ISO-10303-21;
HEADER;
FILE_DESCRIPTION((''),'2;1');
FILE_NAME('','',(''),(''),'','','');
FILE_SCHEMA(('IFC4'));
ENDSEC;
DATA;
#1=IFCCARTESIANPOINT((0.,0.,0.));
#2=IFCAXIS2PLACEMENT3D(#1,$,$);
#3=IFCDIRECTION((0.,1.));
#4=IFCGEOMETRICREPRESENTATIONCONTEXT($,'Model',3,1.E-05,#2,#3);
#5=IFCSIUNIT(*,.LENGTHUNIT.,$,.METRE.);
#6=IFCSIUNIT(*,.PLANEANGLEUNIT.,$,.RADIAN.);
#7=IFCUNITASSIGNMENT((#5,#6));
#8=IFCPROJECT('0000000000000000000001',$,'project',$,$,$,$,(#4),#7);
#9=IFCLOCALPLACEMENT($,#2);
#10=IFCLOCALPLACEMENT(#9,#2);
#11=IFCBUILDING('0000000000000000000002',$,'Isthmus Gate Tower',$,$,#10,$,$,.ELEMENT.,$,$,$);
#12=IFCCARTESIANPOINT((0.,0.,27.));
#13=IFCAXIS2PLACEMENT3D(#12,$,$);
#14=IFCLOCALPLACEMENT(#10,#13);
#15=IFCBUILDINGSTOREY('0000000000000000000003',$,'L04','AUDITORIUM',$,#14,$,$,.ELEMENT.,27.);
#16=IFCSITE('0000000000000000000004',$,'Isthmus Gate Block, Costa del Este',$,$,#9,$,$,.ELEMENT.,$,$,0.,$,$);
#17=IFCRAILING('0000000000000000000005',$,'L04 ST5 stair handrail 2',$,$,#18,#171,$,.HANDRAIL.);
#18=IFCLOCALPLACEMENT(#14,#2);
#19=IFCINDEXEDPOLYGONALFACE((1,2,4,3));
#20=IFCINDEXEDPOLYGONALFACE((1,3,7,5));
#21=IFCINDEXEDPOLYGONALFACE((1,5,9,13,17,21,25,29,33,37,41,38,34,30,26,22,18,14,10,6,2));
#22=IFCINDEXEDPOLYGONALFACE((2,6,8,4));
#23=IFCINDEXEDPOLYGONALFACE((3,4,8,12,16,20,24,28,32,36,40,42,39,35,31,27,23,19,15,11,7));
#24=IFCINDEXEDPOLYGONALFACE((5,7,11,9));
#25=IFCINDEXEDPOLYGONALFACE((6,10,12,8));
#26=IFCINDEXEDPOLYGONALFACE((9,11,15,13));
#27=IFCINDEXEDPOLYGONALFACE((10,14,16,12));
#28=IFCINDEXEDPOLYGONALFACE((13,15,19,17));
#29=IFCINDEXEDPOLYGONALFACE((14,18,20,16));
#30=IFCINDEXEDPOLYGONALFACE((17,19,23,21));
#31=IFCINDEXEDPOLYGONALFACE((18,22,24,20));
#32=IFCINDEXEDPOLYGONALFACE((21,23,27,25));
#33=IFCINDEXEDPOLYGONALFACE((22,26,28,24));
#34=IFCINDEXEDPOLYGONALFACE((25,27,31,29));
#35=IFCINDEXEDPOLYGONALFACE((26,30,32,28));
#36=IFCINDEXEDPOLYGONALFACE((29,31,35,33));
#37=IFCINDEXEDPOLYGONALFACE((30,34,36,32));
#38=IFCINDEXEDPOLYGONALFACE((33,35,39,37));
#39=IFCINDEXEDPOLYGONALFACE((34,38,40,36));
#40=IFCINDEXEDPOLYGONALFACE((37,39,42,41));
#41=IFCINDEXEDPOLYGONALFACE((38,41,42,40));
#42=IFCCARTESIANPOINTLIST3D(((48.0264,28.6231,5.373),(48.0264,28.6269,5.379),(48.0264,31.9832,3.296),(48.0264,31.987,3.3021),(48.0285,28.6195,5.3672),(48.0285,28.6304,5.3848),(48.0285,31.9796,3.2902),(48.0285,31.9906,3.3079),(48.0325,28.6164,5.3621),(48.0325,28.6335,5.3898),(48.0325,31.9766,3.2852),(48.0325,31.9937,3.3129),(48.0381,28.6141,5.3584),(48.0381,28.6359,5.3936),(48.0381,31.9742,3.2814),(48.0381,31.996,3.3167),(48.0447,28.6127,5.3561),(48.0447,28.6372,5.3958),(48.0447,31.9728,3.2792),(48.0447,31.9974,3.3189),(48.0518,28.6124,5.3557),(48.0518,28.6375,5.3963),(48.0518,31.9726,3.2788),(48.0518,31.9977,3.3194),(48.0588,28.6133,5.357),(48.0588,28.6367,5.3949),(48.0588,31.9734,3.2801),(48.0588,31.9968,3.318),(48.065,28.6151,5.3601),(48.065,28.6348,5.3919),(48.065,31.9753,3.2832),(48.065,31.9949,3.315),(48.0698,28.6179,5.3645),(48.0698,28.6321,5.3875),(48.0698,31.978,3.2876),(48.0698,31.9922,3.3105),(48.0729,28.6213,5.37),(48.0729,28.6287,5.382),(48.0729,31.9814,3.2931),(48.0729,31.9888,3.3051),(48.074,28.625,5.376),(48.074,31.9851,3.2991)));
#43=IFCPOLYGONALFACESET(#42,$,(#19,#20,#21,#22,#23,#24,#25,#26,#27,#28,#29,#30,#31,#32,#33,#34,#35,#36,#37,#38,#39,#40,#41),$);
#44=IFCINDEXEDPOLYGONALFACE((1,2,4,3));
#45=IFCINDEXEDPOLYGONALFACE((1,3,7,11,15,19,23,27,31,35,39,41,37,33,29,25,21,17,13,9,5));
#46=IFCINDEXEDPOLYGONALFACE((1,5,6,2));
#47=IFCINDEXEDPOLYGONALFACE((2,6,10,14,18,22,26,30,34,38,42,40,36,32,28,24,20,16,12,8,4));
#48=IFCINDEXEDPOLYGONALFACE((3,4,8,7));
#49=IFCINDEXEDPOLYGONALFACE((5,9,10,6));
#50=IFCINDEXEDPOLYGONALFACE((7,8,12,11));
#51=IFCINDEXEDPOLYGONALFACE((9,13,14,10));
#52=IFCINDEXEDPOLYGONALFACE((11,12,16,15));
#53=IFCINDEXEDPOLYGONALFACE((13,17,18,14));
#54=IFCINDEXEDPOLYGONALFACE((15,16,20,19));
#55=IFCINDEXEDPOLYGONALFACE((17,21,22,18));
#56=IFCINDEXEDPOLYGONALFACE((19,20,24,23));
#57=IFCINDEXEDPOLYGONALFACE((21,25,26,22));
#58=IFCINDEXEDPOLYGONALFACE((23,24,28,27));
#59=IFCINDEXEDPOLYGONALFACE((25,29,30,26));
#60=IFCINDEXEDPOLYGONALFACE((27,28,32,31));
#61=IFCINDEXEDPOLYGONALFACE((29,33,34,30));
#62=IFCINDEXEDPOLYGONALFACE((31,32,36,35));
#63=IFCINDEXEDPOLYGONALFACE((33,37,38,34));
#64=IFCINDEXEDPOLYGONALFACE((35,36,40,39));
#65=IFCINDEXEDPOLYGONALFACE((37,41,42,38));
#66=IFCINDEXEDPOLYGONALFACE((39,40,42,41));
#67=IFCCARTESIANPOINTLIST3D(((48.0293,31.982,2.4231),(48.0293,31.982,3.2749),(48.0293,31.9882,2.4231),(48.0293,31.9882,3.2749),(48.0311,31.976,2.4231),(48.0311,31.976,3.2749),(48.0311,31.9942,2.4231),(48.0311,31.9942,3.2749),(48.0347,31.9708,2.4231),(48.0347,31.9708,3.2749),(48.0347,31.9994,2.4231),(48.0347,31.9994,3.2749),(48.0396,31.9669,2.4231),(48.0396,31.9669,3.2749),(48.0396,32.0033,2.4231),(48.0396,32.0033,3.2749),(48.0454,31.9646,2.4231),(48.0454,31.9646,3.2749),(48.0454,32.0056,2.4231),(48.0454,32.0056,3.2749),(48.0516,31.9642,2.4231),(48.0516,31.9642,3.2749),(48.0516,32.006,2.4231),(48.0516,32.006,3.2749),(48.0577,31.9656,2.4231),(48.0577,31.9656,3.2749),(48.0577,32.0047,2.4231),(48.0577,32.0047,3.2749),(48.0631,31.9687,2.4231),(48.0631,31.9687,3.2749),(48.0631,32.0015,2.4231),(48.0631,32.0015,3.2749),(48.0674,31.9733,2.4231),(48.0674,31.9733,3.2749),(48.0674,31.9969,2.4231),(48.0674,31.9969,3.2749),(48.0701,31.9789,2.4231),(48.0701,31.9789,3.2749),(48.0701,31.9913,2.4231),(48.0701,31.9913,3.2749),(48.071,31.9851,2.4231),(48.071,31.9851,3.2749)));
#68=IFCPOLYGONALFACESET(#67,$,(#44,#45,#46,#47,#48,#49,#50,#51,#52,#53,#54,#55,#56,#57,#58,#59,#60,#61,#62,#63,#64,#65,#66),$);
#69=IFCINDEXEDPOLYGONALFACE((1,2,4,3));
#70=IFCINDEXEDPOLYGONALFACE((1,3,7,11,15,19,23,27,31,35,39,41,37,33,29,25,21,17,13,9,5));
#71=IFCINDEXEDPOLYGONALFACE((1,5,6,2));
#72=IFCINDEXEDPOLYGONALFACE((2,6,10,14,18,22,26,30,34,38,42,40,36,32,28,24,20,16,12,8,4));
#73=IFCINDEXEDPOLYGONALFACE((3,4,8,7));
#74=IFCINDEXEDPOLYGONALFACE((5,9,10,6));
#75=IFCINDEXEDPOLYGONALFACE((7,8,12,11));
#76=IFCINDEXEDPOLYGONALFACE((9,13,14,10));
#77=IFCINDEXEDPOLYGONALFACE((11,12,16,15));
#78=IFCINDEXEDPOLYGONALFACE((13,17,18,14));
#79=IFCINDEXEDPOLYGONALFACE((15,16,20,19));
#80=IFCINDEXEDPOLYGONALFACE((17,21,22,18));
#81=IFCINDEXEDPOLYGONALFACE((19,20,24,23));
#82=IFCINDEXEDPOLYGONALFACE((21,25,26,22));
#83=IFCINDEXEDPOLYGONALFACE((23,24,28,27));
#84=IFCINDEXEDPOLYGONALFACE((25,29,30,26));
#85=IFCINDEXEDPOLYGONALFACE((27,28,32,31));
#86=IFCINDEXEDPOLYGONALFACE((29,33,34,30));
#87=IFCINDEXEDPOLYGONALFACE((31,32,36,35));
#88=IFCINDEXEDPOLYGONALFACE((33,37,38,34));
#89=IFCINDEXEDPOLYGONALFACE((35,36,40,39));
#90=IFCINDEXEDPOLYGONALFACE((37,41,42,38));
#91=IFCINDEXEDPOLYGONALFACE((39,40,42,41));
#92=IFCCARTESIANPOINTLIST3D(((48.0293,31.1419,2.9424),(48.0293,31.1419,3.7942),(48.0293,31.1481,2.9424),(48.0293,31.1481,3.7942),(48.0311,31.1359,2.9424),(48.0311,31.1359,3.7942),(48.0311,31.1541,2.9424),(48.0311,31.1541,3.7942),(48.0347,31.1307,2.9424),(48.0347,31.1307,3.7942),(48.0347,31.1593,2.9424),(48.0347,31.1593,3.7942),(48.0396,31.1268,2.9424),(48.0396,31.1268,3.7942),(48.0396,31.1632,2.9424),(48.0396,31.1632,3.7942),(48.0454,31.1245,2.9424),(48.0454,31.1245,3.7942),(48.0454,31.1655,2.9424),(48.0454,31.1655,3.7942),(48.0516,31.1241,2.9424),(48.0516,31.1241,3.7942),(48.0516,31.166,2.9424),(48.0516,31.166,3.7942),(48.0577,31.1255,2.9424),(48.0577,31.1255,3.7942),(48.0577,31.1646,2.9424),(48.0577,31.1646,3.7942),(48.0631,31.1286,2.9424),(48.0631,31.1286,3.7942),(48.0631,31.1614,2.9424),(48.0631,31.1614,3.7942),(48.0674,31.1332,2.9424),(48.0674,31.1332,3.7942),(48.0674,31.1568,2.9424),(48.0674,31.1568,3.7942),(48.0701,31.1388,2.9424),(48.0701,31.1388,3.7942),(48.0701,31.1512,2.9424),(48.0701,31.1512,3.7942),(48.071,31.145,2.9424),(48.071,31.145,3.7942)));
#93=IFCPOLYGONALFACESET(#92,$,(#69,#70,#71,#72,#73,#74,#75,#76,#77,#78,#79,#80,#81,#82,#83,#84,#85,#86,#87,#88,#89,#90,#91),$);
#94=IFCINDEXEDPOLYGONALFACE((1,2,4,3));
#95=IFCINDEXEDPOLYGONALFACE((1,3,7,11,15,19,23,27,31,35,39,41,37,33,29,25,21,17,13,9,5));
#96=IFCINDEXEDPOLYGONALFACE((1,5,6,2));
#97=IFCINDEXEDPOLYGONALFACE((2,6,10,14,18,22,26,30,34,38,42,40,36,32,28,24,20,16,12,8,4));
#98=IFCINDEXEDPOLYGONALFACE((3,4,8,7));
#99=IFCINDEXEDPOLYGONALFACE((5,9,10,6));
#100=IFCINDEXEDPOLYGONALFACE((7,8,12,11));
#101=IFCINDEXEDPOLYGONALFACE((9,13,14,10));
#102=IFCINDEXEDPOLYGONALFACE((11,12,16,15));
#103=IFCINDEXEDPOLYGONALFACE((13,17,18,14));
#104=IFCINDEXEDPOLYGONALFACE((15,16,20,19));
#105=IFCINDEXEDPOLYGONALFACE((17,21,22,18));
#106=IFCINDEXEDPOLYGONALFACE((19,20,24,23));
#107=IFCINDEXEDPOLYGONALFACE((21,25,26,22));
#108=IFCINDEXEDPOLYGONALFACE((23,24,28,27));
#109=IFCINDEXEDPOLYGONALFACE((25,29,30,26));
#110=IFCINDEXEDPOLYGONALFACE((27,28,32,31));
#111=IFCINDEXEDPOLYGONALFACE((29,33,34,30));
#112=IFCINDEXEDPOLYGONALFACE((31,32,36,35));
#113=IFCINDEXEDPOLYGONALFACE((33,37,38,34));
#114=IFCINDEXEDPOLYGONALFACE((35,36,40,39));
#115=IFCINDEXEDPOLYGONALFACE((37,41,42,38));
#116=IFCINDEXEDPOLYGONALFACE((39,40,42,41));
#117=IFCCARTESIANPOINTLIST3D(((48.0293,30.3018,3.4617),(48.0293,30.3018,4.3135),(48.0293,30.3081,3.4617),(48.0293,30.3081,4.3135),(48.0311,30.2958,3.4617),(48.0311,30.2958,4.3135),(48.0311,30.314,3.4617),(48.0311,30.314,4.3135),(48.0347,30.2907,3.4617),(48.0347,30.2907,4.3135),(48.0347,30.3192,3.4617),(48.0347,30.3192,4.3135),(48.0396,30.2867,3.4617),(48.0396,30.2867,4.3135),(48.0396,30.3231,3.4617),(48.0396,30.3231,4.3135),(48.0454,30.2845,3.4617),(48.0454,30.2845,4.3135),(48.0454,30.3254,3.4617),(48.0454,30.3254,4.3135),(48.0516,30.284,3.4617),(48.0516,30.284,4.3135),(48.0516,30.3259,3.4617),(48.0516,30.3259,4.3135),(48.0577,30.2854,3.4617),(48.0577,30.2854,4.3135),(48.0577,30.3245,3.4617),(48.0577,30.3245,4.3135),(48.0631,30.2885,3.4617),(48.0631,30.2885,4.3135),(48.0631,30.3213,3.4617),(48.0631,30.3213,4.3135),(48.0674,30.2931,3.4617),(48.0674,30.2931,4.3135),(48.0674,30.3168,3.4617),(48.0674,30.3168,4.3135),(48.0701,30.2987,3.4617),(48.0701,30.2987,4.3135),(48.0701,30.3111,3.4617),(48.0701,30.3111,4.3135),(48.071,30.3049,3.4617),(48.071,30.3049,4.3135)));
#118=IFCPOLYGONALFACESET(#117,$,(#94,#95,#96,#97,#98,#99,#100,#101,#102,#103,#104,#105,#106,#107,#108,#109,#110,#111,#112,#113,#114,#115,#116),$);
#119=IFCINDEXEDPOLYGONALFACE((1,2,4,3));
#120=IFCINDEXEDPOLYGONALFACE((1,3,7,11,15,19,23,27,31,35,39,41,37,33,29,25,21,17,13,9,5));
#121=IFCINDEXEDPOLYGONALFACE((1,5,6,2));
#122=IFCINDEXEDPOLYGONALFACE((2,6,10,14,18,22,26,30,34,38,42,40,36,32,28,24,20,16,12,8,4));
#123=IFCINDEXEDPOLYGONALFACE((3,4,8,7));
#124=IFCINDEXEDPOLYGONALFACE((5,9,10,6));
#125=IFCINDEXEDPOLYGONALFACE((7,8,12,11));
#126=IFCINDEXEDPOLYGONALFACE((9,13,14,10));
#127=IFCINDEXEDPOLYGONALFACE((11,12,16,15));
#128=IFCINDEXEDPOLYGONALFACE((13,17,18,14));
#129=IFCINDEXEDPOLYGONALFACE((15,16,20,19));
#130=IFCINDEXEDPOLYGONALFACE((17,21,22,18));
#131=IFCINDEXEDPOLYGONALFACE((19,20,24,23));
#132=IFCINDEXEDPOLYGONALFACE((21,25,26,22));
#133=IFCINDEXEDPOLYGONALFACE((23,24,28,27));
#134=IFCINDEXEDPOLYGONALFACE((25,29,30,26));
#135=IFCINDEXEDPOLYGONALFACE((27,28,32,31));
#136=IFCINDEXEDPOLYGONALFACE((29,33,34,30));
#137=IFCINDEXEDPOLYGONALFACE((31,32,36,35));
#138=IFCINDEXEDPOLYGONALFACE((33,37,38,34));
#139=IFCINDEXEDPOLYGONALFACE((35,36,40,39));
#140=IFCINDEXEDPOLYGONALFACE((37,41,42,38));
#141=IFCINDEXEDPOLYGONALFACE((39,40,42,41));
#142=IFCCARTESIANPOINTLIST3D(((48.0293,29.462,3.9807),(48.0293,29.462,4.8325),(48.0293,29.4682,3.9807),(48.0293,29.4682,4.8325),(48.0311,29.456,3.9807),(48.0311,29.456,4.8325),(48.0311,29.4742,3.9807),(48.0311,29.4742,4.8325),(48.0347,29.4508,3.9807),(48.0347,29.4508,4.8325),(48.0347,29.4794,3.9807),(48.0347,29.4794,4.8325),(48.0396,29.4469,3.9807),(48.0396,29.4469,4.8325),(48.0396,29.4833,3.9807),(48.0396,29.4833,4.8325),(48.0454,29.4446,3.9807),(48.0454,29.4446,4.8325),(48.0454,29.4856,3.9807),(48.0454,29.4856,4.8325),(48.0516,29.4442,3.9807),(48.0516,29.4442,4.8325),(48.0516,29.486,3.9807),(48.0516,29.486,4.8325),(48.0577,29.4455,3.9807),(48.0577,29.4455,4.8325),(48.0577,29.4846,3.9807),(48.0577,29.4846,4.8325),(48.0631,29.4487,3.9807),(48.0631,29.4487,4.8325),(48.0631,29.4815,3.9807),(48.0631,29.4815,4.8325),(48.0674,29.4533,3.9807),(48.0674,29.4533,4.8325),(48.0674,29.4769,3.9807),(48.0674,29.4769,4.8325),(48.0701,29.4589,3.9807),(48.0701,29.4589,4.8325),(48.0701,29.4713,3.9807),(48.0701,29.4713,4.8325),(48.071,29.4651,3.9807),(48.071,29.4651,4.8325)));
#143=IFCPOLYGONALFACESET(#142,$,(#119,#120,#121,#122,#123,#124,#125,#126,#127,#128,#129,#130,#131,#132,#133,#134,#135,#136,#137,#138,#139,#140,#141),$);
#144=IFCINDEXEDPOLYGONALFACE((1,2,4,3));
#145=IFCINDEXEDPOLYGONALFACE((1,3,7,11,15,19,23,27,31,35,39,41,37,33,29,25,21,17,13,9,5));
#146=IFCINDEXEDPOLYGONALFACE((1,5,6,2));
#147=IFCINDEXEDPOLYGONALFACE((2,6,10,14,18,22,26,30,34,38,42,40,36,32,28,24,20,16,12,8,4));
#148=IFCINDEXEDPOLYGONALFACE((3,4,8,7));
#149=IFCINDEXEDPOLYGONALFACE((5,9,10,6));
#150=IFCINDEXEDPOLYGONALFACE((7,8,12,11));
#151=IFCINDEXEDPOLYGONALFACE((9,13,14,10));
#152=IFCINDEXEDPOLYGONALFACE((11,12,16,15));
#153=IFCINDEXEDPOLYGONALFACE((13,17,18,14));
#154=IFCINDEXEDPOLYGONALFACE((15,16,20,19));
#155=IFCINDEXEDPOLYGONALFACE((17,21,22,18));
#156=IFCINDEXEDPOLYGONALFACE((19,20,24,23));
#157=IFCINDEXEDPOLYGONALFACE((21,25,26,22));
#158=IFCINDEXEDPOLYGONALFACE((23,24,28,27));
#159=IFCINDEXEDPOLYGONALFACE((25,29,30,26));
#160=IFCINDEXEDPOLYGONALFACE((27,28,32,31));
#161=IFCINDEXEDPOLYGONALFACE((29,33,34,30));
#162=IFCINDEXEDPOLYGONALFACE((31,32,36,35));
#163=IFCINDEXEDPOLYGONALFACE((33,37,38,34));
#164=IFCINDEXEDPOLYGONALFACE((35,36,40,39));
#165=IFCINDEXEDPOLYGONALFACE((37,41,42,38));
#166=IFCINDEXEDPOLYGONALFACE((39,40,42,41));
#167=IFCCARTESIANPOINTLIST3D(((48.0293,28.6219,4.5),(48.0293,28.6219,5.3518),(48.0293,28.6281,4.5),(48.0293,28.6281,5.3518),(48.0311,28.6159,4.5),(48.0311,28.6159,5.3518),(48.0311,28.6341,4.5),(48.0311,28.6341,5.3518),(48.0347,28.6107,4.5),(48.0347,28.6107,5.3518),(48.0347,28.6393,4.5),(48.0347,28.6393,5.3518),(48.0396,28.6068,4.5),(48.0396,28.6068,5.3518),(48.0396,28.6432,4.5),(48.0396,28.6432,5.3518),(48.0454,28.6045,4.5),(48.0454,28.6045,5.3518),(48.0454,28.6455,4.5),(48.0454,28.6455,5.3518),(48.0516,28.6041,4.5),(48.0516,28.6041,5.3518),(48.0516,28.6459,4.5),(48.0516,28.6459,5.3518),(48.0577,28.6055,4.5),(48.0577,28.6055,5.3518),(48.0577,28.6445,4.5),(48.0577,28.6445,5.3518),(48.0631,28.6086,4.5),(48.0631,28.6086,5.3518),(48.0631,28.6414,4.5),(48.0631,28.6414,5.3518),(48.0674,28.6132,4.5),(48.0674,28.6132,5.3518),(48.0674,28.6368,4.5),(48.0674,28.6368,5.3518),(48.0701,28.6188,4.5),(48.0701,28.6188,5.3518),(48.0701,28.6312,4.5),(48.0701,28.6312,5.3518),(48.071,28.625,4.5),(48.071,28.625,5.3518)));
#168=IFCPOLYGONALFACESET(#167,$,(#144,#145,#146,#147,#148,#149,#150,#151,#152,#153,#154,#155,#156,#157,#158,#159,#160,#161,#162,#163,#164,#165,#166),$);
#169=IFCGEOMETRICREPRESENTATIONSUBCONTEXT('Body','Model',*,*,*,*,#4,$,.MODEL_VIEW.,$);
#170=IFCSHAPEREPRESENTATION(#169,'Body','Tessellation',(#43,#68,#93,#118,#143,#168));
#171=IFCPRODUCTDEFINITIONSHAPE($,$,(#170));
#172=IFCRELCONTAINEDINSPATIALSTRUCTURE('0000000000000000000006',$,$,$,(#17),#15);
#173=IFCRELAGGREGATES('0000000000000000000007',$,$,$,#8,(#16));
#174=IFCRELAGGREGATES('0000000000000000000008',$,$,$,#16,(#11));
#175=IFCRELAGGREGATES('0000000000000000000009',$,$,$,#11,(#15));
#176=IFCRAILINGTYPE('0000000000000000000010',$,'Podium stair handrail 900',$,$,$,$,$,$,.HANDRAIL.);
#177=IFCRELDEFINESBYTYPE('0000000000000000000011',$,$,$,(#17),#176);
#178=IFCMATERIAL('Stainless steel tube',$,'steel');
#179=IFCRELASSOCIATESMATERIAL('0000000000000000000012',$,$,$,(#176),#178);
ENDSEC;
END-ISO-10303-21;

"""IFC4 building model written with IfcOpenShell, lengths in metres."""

from ifc_helpers import new_model, si_unit, direction, frame, origin, origin_2d, place, context, subcontext, project, spatial, circle, extrude, material, type_object, element, save


model = new_model("IFC4")

# Units and contexts
model_context = context("Model", 3, precision=1e-05, world=origin(), true_north=direction((0.0, 1.0)))
body_context = subcontext(model_context, "Body", "Model", "MODEL_VIEW")
ifc_project = project(units=[si_unit("LENGTHUNIT", "METRE"), si_unit("PLANEANGLEUNIT", "RADIAN")], contexts=[model_context])

# Site, building, storey
site_placement = place(None, origin())
site = spatial("IfcSite", under=ifc_project, at=site_placement, Name="Isthmus Gate Block, Costa del Este", CompositionType="ELEMENT", RefElevation=0.0)
building_placement = place(site_placement, origin())
building = spatial("IfcBuilding", under=site, at=building_placement, Name="Isthmus Gate Tower", CompositionType="ELEMENT")
storey_placement = place(building_placement, frame((0.0, 0.0, 27.0)))
storey = spatial("IfcBuildingStorey", under=building, at=storey_placement, Name="L04", Description="AUDITORIUM", CompositionType="ELEMENT", Elevation=27.0)

# Railing
ifc_material_1 = material(Name="Stainless steel tube", Category="steel")
railing_type_1 = type_object("IfcRailingType", Name="Podium stair handrail 900", PredefinedType="HANDRAIL", material=ifc_material_1)
railing_1_placement = place(storey_placement, frame((48.05, 31.9851, 2.4231)))
element("IfcRailing", 1, at=railing_1_placement, inside=storey, type_object=railing_type_1, Name="L04 ST5 stair handrail 2", PredefinedType="HANDRAIL", context=body_context, shape_type="SweptSolid", body=[
    extrude(circle(Radius=0.0239, at=origin_2d()), frame((0.0, 0.0, 0.876), z_axis=(0.0, -0.850623, 0.525776), x_axis=(1.0, 0.0, 0.0)), (0.0, 0.0, 1.0), 3.9502),
    extrude(circle(Radius=0.021, at=origin_2d()), origin(), (0.0, 0.0, 1.0), 0.8518),
    extrude(circle(Radius=0.021, at=origin_2d()), frame((0.0, -0.8401, 0.5193)), (0.0, 0.0, 1.0), 0.8518),
    extrude(circle(Radius=0.021, at=origin_2d()), frame((0.0, -1.6802, 1.0386)), (0.0, 0.0, 1.0), 0.8518),
    extrude(circle(Radius=0.021, at=origin_2d()), frame((0.0, -2.52, 1.5576)), (0.0, 0.0, 1.0), 0.8518),
    extrude(circle(Radius=0.021, at=origin_2d()), frame((0.0, -3.3601, 2.0769)), (0.0, 0.0, 1.0), 0.8518),
])

save(model, "model.ifc")
